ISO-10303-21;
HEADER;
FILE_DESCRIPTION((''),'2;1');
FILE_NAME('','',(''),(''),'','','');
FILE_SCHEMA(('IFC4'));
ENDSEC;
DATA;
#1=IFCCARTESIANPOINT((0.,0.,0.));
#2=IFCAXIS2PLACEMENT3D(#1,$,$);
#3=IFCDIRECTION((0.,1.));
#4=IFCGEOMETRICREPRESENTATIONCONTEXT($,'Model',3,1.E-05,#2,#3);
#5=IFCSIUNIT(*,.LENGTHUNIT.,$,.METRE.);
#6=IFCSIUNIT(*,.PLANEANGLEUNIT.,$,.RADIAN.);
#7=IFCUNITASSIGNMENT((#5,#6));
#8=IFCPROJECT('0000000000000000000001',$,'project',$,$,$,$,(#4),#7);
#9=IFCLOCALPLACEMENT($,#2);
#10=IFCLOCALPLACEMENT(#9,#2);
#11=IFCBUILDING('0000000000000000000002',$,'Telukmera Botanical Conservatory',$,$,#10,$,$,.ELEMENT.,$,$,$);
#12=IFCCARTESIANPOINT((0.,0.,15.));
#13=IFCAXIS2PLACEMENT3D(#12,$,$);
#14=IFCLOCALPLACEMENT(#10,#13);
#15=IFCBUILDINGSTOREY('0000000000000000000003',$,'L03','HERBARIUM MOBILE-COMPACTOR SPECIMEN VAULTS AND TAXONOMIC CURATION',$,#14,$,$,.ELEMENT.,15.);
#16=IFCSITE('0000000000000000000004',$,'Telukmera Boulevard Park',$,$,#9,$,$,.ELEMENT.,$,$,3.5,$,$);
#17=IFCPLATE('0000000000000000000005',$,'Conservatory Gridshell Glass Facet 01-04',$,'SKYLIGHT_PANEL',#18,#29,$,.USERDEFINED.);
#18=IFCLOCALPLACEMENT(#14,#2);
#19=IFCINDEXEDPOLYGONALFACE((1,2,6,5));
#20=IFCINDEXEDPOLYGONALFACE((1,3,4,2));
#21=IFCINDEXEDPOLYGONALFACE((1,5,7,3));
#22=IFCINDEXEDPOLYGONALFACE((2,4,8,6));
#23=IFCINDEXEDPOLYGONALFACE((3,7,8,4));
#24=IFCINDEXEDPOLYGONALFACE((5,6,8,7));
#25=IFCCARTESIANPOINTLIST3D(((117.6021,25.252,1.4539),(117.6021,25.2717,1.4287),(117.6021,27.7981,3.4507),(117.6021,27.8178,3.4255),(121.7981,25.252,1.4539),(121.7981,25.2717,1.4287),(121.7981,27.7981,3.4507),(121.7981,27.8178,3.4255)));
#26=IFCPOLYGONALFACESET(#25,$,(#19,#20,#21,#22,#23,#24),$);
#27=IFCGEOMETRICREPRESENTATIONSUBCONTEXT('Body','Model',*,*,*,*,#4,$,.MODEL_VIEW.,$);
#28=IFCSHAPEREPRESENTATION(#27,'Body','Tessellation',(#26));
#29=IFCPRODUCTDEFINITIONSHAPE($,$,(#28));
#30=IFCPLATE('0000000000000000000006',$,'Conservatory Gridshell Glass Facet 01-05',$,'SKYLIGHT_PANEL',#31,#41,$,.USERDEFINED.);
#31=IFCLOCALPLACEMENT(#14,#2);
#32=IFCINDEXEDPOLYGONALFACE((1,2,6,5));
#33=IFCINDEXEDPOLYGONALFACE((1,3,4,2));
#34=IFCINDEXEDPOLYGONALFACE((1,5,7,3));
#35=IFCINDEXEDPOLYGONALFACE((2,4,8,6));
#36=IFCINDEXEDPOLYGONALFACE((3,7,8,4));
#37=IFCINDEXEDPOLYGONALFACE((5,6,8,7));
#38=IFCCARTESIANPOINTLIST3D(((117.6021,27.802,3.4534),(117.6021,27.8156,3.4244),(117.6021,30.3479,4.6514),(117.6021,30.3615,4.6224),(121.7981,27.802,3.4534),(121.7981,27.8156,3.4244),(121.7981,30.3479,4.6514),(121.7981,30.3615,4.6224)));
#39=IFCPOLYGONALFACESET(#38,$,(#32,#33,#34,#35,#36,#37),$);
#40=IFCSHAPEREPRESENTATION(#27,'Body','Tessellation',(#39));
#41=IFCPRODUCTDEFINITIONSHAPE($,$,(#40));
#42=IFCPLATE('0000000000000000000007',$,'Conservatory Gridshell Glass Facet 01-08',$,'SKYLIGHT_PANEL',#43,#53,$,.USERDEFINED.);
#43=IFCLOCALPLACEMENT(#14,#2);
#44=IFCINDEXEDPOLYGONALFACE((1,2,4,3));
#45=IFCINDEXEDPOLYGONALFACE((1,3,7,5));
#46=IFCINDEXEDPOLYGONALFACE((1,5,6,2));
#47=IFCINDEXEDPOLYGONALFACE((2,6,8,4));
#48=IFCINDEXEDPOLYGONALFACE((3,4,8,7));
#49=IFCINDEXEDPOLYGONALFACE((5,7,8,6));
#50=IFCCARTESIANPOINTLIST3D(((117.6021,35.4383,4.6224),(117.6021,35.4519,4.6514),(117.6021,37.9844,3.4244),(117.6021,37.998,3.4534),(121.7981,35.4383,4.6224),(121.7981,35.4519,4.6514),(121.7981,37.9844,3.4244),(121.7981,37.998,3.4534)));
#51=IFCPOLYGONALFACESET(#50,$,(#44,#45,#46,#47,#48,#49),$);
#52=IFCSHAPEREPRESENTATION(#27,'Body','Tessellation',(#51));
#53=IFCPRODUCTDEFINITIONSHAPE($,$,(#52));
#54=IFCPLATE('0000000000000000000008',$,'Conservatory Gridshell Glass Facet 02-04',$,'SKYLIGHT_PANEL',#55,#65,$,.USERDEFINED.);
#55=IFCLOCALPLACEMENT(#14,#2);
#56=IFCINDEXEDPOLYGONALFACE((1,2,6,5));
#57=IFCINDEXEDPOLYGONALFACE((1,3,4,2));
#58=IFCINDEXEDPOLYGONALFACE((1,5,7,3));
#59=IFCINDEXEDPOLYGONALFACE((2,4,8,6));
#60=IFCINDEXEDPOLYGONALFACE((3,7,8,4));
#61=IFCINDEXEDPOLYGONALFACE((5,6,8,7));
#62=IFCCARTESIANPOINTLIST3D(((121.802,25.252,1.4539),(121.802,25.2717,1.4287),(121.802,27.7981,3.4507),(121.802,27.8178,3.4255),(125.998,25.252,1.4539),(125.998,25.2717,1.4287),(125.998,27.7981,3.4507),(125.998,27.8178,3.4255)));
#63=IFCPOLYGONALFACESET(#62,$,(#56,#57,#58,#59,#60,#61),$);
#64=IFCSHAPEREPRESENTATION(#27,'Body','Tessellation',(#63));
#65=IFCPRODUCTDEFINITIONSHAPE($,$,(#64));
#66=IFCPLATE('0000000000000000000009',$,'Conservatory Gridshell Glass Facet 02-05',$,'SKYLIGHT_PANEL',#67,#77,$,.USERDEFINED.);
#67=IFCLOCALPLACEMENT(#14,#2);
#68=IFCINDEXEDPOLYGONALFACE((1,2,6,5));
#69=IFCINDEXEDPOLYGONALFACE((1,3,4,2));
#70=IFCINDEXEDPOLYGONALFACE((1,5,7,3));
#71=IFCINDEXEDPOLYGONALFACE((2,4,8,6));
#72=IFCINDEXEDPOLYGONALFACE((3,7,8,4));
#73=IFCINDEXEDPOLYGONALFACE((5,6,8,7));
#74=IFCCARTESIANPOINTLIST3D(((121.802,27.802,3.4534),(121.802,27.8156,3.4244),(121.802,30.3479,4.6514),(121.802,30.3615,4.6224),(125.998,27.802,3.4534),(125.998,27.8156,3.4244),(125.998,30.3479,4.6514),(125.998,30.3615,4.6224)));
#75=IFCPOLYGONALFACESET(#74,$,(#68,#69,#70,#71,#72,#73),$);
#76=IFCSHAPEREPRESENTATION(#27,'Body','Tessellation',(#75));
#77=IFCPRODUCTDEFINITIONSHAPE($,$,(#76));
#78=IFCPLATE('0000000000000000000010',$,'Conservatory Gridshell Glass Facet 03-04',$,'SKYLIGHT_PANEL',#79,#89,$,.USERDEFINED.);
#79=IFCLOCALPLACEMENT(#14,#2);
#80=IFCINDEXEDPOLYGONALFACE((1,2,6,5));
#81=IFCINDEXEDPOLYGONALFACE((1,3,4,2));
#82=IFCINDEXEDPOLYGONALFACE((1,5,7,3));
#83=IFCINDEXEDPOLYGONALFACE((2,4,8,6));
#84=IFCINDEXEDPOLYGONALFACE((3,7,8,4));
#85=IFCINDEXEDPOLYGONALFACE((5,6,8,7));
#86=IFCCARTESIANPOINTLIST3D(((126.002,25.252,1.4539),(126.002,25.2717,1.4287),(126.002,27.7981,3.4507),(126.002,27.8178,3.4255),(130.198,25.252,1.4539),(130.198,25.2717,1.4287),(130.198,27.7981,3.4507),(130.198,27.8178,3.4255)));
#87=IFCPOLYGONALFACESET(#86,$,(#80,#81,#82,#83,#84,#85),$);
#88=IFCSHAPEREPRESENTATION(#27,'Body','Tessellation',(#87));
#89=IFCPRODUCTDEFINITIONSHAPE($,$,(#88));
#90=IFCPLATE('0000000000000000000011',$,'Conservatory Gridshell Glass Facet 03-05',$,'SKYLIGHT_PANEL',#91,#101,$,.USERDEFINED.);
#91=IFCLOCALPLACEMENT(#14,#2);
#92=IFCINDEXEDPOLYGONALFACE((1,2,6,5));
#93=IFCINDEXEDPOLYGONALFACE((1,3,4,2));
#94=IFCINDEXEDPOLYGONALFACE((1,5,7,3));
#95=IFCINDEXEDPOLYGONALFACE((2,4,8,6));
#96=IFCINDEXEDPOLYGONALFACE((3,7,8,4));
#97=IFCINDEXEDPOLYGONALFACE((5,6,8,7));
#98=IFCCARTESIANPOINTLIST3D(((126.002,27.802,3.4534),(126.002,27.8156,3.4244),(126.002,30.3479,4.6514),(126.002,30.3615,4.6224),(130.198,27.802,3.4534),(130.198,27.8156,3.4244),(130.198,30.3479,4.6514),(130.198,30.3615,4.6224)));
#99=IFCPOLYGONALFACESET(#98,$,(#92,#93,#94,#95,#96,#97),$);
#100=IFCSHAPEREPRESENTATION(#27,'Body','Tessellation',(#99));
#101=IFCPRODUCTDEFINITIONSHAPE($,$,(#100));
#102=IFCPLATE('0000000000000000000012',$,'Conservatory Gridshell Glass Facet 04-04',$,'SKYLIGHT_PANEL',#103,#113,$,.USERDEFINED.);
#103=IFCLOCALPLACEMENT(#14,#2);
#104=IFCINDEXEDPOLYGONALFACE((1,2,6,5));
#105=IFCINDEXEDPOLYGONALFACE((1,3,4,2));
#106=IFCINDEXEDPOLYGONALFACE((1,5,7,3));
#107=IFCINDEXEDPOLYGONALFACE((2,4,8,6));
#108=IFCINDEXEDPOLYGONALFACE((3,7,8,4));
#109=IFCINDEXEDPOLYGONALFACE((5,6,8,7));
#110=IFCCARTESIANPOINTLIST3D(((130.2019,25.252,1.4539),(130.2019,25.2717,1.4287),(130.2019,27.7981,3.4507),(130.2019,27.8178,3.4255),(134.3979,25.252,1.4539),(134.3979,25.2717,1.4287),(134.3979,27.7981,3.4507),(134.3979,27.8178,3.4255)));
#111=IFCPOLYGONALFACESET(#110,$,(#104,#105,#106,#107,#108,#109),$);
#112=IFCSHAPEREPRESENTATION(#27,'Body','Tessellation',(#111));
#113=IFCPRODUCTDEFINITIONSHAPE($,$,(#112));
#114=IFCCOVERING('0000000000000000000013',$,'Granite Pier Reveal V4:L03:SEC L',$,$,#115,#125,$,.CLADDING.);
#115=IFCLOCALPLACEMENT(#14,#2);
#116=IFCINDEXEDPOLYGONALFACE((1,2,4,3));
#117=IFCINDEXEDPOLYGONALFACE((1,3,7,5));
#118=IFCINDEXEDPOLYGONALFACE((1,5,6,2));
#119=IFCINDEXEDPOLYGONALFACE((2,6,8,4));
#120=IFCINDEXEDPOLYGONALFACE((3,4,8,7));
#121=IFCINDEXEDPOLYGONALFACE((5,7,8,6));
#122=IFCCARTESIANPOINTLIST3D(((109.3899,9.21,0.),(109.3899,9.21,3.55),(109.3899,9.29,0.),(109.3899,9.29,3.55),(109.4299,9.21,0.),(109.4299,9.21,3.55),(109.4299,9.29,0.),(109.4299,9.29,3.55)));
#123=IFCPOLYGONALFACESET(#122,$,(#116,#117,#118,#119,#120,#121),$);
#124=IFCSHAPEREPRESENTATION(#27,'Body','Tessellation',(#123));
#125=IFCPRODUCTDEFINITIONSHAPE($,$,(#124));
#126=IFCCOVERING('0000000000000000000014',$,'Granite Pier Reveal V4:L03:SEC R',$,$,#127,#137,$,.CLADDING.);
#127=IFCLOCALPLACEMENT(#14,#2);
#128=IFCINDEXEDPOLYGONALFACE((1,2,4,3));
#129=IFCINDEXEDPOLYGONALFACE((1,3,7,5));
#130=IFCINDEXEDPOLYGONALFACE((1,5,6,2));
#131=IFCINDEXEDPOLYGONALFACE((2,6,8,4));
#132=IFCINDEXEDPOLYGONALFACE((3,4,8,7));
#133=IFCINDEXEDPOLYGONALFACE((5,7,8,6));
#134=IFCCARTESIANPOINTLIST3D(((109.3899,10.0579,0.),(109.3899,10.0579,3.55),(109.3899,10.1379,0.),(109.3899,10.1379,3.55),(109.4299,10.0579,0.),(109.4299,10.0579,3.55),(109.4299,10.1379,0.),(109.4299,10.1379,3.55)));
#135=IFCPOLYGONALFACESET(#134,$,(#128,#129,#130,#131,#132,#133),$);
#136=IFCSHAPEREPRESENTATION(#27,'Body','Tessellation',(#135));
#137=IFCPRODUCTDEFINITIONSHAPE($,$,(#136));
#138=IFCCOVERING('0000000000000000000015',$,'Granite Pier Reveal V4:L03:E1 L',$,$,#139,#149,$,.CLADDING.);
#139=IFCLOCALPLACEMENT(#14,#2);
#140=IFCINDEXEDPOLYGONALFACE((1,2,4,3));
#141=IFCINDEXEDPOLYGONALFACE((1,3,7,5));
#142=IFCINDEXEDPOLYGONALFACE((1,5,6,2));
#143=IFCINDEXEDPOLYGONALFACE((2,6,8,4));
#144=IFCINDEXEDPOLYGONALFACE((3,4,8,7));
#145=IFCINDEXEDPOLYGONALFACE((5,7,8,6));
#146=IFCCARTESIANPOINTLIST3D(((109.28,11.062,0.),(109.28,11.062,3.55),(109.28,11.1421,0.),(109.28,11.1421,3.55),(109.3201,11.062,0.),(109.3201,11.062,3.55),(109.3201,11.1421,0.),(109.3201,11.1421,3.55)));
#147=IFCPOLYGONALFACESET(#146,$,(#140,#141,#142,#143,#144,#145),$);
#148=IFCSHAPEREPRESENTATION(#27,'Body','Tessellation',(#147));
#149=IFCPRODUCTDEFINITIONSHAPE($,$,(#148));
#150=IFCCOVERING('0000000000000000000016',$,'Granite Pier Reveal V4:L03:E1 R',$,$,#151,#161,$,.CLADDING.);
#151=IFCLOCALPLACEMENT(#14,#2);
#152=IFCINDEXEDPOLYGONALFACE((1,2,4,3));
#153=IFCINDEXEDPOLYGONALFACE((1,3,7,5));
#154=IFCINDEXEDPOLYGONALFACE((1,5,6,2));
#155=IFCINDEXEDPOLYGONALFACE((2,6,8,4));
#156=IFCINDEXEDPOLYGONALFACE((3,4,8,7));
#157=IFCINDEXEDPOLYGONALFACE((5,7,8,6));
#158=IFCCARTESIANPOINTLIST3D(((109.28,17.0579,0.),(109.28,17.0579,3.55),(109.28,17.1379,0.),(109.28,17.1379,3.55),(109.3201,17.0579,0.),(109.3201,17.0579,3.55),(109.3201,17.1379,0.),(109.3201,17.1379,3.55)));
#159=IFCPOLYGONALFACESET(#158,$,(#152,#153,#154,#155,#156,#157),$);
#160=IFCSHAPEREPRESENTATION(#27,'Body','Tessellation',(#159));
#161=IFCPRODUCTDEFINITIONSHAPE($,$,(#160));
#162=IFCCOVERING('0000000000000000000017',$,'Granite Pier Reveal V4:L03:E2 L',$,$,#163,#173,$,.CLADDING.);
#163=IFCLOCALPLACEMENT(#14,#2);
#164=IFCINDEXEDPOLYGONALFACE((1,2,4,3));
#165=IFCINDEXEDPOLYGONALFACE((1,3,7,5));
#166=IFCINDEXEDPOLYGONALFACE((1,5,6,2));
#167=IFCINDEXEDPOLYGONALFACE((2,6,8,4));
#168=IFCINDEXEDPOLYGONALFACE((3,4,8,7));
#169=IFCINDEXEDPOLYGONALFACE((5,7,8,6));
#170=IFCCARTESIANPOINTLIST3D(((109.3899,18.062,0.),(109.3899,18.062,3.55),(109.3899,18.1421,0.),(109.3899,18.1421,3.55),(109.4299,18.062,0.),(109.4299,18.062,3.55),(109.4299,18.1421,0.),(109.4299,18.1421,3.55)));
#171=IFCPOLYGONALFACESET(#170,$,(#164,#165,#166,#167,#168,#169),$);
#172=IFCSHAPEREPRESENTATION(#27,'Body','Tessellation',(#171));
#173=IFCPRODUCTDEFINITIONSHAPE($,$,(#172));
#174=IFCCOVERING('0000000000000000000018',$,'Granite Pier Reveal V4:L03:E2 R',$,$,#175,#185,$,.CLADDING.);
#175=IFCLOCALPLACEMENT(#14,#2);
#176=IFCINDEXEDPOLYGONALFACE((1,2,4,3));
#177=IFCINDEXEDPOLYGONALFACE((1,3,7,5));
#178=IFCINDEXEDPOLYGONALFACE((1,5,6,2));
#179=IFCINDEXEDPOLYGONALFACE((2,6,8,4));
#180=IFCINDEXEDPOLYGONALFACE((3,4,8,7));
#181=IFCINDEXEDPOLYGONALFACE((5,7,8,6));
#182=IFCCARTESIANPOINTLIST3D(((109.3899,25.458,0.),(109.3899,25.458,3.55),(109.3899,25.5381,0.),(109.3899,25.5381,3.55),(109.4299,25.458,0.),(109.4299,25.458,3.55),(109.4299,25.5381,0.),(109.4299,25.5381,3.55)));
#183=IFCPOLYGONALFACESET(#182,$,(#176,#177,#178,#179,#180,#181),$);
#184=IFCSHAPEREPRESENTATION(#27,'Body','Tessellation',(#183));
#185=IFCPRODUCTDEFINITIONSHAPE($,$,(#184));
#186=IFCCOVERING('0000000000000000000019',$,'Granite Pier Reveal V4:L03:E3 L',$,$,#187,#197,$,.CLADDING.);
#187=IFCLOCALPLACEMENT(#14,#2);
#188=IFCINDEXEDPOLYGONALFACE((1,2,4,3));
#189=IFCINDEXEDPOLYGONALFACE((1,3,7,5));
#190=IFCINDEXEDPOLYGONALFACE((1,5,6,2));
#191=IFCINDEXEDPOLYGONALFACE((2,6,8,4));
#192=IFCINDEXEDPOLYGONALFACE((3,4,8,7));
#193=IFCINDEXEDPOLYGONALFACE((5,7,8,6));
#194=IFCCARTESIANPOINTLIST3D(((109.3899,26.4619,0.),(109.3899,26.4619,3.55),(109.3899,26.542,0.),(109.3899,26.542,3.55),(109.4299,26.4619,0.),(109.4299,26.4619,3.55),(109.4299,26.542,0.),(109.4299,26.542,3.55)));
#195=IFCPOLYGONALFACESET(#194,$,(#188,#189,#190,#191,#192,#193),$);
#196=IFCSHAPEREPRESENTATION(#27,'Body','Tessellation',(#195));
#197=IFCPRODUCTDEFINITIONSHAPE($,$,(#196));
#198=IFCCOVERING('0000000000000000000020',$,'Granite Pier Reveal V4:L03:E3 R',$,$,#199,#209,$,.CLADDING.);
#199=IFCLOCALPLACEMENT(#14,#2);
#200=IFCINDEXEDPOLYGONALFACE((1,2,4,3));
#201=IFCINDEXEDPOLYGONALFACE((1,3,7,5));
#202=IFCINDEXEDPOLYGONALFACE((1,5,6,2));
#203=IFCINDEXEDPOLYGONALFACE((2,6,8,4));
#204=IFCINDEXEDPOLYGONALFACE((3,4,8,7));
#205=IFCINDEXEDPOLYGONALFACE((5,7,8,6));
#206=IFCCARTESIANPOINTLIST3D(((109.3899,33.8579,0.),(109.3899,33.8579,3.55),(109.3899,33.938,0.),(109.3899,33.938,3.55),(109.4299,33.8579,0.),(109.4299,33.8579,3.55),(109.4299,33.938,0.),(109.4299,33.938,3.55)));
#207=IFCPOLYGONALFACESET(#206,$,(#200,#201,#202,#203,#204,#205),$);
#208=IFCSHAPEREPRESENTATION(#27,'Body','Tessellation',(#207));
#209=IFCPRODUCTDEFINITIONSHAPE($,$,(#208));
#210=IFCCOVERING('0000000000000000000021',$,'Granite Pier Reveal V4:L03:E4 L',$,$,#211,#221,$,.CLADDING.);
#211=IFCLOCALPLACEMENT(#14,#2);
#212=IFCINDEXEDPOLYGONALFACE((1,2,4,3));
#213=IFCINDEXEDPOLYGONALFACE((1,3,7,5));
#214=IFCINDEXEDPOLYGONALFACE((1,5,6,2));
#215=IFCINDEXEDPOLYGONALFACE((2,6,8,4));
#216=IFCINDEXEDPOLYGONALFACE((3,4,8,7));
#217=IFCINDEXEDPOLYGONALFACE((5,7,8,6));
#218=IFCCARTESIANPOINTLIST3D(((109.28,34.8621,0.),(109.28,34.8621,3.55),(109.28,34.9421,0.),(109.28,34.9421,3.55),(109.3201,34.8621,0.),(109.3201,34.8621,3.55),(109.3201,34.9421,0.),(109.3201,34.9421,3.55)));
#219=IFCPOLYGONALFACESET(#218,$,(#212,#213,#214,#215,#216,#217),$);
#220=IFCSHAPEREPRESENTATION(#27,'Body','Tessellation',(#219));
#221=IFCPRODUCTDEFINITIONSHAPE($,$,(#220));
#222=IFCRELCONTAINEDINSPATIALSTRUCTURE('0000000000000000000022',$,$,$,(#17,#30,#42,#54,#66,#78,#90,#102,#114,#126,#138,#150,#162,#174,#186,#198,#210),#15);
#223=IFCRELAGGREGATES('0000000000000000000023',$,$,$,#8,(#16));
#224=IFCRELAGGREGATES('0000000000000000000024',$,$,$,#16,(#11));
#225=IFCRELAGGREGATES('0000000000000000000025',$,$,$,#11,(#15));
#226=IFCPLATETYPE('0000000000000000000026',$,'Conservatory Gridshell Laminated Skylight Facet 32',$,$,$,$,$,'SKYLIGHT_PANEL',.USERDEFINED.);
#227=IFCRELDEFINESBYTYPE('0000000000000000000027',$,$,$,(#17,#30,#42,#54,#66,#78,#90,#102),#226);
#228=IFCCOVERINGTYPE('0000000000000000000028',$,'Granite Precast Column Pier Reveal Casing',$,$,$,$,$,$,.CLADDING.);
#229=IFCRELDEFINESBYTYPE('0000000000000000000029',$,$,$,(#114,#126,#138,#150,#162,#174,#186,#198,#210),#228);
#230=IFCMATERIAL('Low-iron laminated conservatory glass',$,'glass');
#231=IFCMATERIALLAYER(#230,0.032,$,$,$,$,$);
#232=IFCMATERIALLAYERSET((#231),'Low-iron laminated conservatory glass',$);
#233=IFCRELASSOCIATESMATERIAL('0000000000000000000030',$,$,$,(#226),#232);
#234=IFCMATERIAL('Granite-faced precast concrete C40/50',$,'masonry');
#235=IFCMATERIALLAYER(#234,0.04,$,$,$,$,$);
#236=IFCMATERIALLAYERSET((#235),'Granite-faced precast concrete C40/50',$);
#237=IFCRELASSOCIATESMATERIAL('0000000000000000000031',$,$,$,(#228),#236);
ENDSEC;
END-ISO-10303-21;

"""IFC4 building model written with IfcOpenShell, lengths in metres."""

from ifc_helpers import new_model, si_unit, direction, frame, origin, origin_2d, place, context, subcontext, project, spatial, polyline, rectangle, outline, extrude, material, layer, layer_set, type_object, element, save


model = new_model("IFC4")

# Units and contexts
model_context = context("Model", 3, precision=1e-05, world=origin(), true_north=direction((0.0, 1.0)))
body_context = subcontext(model_context, "Body", "Model", "MODEL_VIEW")
ifc_project = project(units=[si_unit("LENGTHUNIT", "METRE"), si_unit("PLANEANGLEUNIT", "RADIAN")], contexts=[model_context])

# Site, building, storey
site_placement = place(None, origin())
site = spatial("IfcSite", under=ifc_project, at=site_placement, Name="Telukmera Boulevard Park", CompositionType="ELEMENT", RefElevation=3.5)
building_placement = place(site_placement, origin())
building = spatial("IfcBuilding", under=site, at=building_placement, Name="Telukmera Botanical Conservatory", CompositionType="ELEMENT")
storey_placement = place(building_placement, frame((0.0, 0.0, 15.0)))
storey = spatial("IfcBuildingStorey", under=building, at=storey_placement, Name="L03", Description="HERBARIUM MOBILE-COMPACTOR SPECIMEN VAULTS AND TAXONOMIC CURATION", CompositionType="ELEMENT", Elevation=15.0)

# Plates
ifc_material_1 = material(Name="Low-iron laminated conservatory glass", Category="glass")
ifc_layer_1 = layer(ifc_material_1, 0.032)
ifc_layer_set_1 = layer_set([ifc_layer_1], Name="Low-iron laminated conservatory glass")
plate_type = type_object("IfcPlateType", Name="Conservatory Gridshell Laminated Skylight Facet 32", ElementType="SKYLIGHT_PANEL", PredefinedType="USERDEFINED", material=ifc_layer_set_1)
plate_1_placement = place(storey_placement, frame((117.6021, 25.252, 1.4539), z_axis=(0.0, -0.617112, 0.786876), x_axis=(1.0, 0.0, 0.0)))
element("IfcPlate", 1, at=plate_1_placement, inside=storey, type_object=plate_type, Name="Conservatory Gridshell Glass Facet 01-04", ObjectType="SKYLIGHT_PANEL", PredefinedType="USERDEFINED", context=body_context, shape_type="SweptSolid", body=[
    extrude(outline(polyline([(0.0, 0.0), (4.196, 0.0), (4.196, 3.2358), (0.0, 3.2358), (0.0, 0.0)])), origin(), (0.0, 0.0, -1.0), 0.032),
])
plate_2_placement = place(storey_placement, frame((117.6021, 27.802, 3.4534), z_axis=(0.0, -0.425776, 0.904829), x_axis=(1.0, 0.0, 0.0)))
element("IfcPlate", 2, at=plate_2_placement, inside=storey, type_object=plate_type, Name="Conservatory Gridshell Glass Facet 01-05", ObjectType="SKYLIGHT_PANEL", PredefinedType="USERDEFINED", context=body_context, shape_type="SweptSolid", body=[
    extrude(outline(polyline([(0.0, 0.0), (4.196, 0.0), (4.196, 2.8137), (0.0, 2.8137), (0.0, 0.0)])), origin(), (0.0, 0.0, -1.0), 0.032),
])
plate_3_placement = place(storey_placement, frame((117.6021, 35.4519, 4.6514), z_axis=(0.0, 0.425743, 0.904844), x_axis=(1.0, 0.0, 0.0)))
element("IfcPlate", 3, at=plate_3_placement, inside=storey, type_object=plate_type, Name="Conservatory Gridshell Glass Facet 01-08", ObjectType="SKYLIGHT_PANEL", PredefinedType="USERDEFINED", context=body_context, shape_type="SweptSolid", body=[
    extrude(outline(polyline([(0.0, 0.0), (4.196, 0.0), (4.196, 2.8139), (0.0, 2.8139), (0.0, 0.0)])), origin(), (0.0, 0.0, -1.0), 0.032),
])
plate_4_placement = place(storey_placement, frame((121.802, 25.252, 1.4539), z_axis=(0.0, -0.617112, 0.786876), x_axis=(1.0, 0.0, 0.0)))
element("IfcPlate", 4, at=plate_4_placement, inside=storey, type_object=plate_type, Name="Conservatory Gridshell Glass Facet 02-04", ObjectType="SKYLIGHT_PANEL", PredefinedType="USERDEFINED", context=body_context, shape_type="SweptSolid", body=[
    extrude(outline(polyline([(0.0, 0.0), (4.196, 0.0), (4.196, 3.2358), (0.0, 3.2358), (0.0, 0.0)])), origin(), (0.0, 0.0, -1.0), 0.032),
])
plate_5_placement = place(storey_placement, frame((121.802, 27.802, 3.4534), z_axis=(0.0, -0.425776, 0.904829), x_axis=(1.0, 0.0, 0.0)))
element("IfcPlate", 5, at=plate_5_placement, inside=storey, type_object=plate_type, Name="Conservatory Gridshell Glass Facet 02-05", ObjectType="SKYLIGHT_PANEL", PredefinedType="USERDEFINED", context=body_context, shape_type="SweptSolid", body=[
    extrude(outline(polyline([(0.0, 0.0), (4.196, 0.0), (4.196, 2.8137), (0.0, 2.8137), (0.0, 0.0)])), origin(), (0.0, 0.0, -1.0), 0.032),
])
plate_6_placement = place(storey_placement, frame((126.002, 25.252, 1.4539), z_axis=(0.0, -0.617112, 0.786876), x_axis=(1.0, 0.0, 0.0)))
element("IfcPlate", 6, at=plate_6_placement, inside=storey, type_object=plate_type, Name="Conservatory Gridshell Glass Facet 03-04", ObjectType="SKYLIGHT_PANEL", PredefinedType="USERDEFINED", context=body_context, shape_type="SweptSolid", body=[
    extrude(outline(polyline([(0.0, 0.0), (4.196, 0.0), (4.196, 3.2358), (0.0, 3.2358), (0.0, 0.0)])), origin(), (0.0, 0.0, -1.0), 0.032),
])
plate_7_placement = place(storey_placement, frame((126.002, 27.802, 3.4534), z_axis=(0.0, -0.425776, 0.904829), x_axis=(1.0, 0.0, 0.0)))
element("IfcPlate", 7, at=plate_7_placement, inside=storey, type_object=plate_type, Name="Conservatory Gridshell Glass Facet 03-05", ObjectType="SKYLIGHT_PANEL", PredefinedType="USERDEFINED", context=body_context, shape_type="SweptSolid", body=[
    extrude(outline(polyline([(0.0, 0.0), (4.196, 0.0), (4.196, 2.8137), (0.0, 2.8137), (0.0, 0.0)])), origin(), (0.0, 0.0, -1.0), 0.032),
])
plate_8_placement = place(storey_placement, frame((130.2019, 25.252, 1.4539), z_axis=(0.0, -0.617112, 0.786876), x_axis=(1.0, 0.0, 0.0)))
element("IfcPlate", 8, at=plate_8_placement, inside=storey, type_object=plate_type, Name="Conservatory Gridshell Glass Facet 04-04", ObjectType="SKYLIGHT_PANEL", PredefinedType="USERDEFINED", context=body_context, shape_type="SweptSolid", body=[
    extrude(outline(polyline([(0.0, 0.0), (4.196, 0.0), (4.196, 3.2358), (0.0, 3.2358), (0.0, 0.0)])), origin(), (0.0, 0.0, -1.0), 0.032),
])

# Coverings
ifc_material_2 = material(Name="Granite-faced precast concrete C40/50", Category="masonry")
ifc_layer_2 = layer(ifc_material_2, 0.04)
ifc_layer_set_2 = layer_set([ifc_layer_2], Name="Granite-faced precast concrete C40/50")
covering_type_1 = type_object("IfcCoveringType", Name="Granite Precast Column Pier Reveal Casing", PredefinedType="CLADDING", material=ifc_layer_set_2)
for number, where, z_axis, x_axis, name in (
    (9, (109.4099, 9.25, 0.0), (0.0, 0.0, 1.0), (0.0, 1.0, 0.0), "Granite Pier Reveal V4:L03:SEC L"),
    (10, (109.4099, 10.0979, 0.0), (0.0, 0.0, 1.0), (0.0, 1.0, 0.0), "Granite Pier Reveal V4:L03:SEC R"),
    (11, (109.3, 11.1021, 0.0), (0.0, 0.0, 1.0), (0.0, 1.0, 0.0), "Granite Pier Reveal V4:L03:E1 L"),
    (12, (109.3, 17.0979, 0.0), (0.0, 0.0, 1.0), (0.0, 1.0, 0.0), "Granite Pier Reveal V4:L03:E1 R"),
    (13, (109.4099, 18.1021, 0.0), (0.0, 0.0, 1.0), (0.0, 1.0, 0.0), "Granite Pier Reveal V4:L03:E2 L"),
    (14, (109.4099, 25.498, 0.0), (0.0, 0.0, 1.0), (0.0, 1.0, 0.0), "Granite Pier Reveal V4:L03:E2 R"),
    (15, (109.4099, 26.502, 0.0), (0.0, 0.0, 1.0), (0.0, 1.0, 0.0), "Granite Pier Reveal V4:L03:E3 L"),
    (16, (109.4099, 33.8979, 0.0), (0.0, 0.0, 1.0), (0.0, 1.0, 0.0), "Granite Pier Reveal V4:L03:E3 R"),
    (17, (109.3, 34.9021, 0.0), (0.0, 0.0, 1.0), (0.0, 1.0, 0.0), "Granite Pier Reveal V4:L03:E4 L"),
):
    element("IfcCovering", number, at=place(storey_placement, frame(where, z_axis=z_axis, x_axis=x_axis)), inside=storey, type_object=covering_type_1, Name=name, PredefinedType="CLADDING", context=body_context, shape_type="SweptSolid", body=[
        extrude(rectangle(XDim=0.0801, YDim=0.04, at=origin_2d()), origin(), (0.0, 0.0, 1.0), 3.55),
    ])

save(model, "model.ifc")
